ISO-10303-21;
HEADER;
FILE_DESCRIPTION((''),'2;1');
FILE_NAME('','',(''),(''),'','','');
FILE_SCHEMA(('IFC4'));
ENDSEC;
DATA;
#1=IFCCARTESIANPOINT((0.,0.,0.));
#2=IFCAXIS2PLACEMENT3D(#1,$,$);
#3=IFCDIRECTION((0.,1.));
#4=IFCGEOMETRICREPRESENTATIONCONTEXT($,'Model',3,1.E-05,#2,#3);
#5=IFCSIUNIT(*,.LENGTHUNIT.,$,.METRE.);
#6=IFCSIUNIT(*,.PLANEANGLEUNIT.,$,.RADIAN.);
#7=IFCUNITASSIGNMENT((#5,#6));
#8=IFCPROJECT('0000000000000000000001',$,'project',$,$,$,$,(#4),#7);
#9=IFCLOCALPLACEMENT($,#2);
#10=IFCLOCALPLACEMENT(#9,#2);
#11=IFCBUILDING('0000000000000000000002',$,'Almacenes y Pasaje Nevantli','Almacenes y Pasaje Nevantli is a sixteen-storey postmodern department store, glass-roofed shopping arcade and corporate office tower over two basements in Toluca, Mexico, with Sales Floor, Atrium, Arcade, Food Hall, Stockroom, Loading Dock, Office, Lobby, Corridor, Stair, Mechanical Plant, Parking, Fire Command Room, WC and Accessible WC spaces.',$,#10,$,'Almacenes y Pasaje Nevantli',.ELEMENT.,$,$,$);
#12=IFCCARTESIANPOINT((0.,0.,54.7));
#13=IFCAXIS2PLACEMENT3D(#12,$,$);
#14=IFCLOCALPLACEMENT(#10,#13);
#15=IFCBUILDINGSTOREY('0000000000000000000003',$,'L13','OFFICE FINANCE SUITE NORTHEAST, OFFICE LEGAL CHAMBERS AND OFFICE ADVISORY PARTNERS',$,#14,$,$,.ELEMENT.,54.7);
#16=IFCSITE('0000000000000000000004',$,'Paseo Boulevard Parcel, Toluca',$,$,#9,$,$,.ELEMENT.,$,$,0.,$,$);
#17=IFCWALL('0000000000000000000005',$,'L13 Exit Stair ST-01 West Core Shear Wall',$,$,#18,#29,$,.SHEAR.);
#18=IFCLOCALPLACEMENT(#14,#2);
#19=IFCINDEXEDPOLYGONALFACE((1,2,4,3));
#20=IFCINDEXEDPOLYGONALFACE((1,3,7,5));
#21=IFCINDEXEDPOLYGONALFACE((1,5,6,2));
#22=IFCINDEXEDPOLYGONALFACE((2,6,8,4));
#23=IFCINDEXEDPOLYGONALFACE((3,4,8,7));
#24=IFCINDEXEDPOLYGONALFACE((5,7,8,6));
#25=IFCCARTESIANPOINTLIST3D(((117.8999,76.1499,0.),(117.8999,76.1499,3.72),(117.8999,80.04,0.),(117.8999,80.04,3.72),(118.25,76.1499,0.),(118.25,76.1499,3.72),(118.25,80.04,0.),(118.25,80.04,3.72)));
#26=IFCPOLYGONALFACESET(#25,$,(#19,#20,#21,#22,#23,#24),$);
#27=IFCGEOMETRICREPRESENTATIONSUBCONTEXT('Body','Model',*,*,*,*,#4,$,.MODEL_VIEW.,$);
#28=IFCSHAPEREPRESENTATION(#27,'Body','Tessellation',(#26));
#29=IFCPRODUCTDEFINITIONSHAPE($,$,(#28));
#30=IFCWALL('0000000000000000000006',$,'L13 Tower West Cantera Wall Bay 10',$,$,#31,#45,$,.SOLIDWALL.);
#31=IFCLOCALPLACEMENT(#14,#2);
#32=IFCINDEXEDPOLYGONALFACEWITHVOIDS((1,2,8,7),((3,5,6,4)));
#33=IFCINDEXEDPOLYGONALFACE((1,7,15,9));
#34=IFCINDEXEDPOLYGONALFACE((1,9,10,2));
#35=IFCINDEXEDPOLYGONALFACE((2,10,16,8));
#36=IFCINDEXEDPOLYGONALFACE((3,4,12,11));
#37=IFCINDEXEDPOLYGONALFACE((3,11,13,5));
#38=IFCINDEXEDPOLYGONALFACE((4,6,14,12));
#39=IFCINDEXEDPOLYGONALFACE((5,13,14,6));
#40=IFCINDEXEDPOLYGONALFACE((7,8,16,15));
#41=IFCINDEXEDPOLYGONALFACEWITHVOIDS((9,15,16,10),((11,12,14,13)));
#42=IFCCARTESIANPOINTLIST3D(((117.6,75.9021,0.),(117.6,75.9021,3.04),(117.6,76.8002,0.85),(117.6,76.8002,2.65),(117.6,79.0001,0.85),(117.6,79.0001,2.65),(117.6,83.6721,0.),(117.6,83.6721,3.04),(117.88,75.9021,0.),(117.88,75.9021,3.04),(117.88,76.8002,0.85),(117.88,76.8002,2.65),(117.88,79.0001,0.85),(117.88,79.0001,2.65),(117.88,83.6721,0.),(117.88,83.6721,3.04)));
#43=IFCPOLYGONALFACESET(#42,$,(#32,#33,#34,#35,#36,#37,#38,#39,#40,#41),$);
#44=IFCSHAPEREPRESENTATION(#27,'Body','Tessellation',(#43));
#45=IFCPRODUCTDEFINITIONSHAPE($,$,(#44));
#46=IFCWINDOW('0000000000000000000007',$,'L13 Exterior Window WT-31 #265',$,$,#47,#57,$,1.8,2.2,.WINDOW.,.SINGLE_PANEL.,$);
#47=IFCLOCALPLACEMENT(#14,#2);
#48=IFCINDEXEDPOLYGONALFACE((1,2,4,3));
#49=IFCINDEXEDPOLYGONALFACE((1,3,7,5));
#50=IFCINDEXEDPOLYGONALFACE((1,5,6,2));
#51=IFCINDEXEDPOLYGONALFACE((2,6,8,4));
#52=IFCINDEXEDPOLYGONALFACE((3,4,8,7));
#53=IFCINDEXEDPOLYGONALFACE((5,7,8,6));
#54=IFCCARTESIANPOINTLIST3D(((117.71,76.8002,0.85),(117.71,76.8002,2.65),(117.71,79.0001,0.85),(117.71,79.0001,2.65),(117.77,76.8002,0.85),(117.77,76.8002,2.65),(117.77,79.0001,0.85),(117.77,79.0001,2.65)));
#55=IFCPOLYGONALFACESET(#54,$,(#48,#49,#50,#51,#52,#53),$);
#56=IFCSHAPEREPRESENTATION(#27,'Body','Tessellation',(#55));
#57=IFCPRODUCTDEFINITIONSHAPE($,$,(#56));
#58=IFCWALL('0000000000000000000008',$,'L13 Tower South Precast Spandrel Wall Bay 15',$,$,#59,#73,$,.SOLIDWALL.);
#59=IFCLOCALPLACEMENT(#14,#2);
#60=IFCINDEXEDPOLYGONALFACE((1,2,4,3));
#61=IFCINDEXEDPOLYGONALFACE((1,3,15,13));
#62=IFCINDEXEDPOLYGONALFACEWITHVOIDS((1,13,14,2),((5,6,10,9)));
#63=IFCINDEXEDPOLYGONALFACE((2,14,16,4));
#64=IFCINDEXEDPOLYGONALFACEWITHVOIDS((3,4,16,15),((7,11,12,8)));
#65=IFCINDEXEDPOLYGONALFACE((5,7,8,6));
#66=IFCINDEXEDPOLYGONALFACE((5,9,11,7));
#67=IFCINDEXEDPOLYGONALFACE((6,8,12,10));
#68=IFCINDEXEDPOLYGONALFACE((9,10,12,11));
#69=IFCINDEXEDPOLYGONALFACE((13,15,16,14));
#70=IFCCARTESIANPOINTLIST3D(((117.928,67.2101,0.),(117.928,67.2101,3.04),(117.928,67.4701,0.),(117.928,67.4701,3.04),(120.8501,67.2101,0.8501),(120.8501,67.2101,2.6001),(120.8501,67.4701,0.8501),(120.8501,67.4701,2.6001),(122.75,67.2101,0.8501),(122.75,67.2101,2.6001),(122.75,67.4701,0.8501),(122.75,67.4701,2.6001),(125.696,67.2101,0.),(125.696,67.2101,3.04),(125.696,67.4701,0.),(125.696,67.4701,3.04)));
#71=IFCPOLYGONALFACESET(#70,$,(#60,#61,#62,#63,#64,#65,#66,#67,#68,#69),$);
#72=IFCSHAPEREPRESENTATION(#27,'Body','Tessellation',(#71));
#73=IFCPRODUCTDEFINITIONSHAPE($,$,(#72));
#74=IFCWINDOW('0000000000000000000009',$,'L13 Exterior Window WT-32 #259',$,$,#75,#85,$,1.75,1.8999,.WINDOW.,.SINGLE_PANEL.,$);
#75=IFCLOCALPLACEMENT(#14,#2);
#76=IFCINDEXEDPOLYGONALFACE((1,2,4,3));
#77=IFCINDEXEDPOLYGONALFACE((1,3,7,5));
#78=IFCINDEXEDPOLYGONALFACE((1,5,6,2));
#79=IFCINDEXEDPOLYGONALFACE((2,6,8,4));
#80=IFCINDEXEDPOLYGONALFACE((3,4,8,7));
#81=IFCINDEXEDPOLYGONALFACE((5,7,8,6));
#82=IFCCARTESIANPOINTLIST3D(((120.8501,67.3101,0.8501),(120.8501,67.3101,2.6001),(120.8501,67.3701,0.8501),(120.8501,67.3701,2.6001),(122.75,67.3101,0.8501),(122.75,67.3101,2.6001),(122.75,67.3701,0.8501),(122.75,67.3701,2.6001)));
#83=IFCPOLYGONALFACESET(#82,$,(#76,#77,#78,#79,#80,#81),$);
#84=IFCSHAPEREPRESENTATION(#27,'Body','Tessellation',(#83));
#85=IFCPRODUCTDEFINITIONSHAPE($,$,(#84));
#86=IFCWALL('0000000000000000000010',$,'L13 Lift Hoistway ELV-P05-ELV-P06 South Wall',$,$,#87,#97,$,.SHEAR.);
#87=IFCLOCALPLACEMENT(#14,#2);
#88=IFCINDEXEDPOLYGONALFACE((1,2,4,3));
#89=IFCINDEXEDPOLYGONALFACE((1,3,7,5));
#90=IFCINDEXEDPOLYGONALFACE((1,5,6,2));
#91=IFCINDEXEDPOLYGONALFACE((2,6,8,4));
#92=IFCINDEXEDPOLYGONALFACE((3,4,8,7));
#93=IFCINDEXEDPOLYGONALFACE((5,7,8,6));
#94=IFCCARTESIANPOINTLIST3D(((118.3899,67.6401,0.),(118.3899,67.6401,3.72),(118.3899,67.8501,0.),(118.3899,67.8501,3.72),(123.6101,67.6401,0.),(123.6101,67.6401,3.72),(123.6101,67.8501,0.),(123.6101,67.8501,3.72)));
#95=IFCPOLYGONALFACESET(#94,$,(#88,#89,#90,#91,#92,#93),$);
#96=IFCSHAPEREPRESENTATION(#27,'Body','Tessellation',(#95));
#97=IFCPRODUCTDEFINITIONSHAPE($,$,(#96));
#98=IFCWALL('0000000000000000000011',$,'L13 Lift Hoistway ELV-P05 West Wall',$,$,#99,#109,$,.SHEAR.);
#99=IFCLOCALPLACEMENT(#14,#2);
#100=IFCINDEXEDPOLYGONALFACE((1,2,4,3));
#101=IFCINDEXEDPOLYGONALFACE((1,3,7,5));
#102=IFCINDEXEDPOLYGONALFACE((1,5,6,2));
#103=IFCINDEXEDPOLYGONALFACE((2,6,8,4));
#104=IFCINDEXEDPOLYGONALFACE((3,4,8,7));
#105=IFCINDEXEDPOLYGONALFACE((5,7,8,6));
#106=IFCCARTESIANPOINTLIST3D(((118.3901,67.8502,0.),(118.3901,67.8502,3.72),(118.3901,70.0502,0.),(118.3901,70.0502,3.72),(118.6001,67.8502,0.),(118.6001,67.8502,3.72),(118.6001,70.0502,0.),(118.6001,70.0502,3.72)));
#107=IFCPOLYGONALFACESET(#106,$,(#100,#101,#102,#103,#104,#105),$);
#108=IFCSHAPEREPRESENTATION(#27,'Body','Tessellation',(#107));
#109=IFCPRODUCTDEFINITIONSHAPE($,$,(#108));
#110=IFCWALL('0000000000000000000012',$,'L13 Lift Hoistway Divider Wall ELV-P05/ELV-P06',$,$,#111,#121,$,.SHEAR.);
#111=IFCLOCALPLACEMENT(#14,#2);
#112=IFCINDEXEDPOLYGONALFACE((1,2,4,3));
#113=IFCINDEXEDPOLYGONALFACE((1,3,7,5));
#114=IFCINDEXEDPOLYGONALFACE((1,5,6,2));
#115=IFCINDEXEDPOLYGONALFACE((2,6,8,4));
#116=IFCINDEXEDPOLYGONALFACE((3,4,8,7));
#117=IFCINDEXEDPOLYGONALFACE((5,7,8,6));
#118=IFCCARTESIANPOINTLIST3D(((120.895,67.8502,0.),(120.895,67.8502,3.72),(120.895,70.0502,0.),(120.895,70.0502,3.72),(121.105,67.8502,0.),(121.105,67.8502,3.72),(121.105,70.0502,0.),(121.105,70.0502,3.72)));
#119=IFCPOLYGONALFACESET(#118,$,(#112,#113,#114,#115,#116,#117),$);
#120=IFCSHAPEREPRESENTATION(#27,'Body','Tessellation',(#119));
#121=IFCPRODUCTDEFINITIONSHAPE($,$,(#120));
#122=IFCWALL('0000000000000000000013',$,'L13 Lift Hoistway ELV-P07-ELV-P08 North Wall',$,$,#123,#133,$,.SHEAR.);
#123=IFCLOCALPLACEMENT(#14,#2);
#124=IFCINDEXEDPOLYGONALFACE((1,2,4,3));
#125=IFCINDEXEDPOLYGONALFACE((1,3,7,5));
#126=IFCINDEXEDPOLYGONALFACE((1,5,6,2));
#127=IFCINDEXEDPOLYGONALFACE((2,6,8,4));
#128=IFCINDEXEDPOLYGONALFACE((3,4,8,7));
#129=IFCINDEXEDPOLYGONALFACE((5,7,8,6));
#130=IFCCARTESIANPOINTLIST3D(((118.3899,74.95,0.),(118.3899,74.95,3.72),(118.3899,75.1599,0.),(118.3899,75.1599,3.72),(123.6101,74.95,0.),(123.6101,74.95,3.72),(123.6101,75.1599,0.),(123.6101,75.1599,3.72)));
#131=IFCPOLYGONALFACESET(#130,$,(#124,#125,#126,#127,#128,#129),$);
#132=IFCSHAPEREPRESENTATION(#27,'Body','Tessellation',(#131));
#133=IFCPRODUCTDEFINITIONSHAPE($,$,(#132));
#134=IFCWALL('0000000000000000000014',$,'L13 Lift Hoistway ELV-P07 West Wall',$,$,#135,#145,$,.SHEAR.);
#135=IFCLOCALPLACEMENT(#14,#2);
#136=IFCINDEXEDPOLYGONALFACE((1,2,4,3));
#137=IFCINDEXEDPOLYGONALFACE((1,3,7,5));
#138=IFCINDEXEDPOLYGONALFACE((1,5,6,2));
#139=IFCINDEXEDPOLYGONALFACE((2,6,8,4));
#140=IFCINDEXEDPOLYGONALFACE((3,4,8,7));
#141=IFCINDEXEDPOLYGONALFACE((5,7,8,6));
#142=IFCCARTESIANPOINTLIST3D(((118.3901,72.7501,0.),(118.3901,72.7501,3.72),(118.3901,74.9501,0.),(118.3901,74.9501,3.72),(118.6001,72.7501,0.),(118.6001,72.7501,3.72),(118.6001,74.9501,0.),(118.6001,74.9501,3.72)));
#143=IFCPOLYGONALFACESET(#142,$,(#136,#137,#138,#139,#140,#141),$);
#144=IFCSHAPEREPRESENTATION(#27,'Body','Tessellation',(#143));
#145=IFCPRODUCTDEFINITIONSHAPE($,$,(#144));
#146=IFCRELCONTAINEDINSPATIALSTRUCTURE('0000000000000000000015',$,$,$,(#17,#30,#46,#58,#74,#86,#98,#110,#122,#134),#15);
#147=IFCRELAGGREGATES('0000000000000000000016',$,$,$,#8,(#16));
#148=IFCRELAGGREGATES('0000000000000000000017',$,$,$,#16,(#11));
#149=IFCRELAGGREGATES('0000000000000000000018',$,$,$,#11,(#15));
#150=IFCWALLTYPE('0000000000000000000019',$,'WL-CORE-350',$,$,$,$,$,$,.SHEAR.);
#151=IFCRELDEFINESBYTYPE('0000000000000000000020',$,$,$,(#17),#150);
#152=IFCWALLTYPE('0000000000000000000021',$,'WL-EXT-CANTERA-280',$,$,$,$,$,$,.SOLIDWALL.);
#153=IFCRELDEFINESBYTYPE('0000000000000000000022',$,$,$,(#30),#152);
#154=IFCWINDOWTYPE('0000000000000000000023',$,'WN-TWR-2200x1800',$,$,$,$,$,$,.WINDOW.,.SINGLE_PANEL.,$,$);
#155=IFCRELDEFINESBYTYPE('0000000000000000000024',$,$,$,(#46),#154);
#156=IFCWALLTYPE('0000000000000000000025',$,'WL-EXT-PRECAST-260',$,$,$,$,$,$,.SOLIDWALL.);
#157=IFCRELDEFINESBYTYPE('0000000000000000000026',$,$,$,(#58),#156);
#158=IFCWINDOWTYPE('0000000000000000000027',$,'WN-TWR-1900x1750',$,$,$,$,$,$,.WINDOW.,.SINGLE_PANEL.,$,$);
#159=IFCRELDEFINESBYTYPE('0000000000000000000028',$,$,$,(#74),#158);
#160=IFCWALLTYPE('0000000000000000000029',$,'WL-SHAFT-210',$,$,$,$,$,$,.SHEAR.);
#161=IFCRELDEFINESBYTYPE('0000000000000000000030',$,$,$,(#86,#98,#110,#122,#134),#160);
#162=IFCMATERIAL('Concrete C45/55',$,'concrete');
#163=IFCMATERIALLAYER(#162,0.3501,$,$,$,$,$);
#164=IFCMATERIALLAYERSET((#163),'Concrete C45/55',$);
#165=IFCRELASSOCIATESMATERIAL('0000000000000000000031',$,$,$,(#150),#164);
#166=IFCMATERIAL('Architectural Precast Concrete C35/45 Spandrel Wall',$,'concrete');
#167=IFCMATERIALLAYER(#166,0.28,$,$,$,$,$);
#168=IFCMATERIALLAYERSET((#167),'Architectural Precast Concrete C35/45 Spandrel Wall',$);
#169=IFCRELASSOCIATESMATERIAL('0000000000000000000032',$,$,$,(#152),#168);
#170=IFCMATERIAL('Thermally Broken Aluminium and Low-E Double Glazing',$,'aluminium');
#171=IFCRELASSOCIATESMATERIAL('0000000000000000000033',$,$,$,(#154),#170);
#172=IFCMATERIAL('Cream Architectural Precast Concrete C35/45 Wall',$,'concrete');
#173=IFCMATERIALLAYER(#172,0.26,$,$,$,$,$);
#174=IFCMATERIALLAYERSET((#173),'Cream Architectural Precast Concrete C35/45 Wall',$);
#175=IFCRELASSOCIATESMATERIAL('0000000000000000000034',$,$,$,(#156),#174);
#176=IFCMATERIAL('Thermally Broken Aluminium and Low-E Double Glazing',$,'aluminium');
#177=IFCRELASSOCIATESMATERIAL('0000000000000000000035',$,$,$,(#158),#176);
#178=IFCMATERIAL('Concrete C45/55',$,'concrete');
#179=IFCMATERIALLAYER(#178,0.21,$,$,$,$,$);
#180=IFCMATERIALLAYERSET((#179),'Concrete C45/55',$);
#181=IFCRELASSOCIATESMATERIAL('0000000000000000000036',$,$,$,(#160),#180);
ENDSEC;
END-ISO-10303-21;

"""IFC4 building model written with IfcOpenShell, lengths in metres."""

from ifc_helpers import new_model, si_unit, direction, frame, frame_2d, origin, place, context, subcontext, project, spatial, rectangle, extrude, material, layer, layer_set, type_object, element, fill, save


model = new_model("IFC4")

# Units and contexts
model_context = context("Model", 3, precision=1e-05, world=origin(), true_north=direction((0.0, 1.0)))
body_context = subcontext(model_context, "Body", "Model", "MODEL_VIEW")
ifc_project = project(units=[si_unit("LENGTHUNIT", "METRE"), si_unit("PLANEANGLEUNIT", "RADIAN")], contexts=[model_context])

# Site, building, storey
site_placement = place(None, origin())
site = spatial("IfcSite", under=ifc_project, at=site_placement, Name="Paseo Boulevard Parcel, Toluca", CompositionType="ELEMENT", RefElevation=0.0)
building_placement = place(site_placement, origin())
building = spatial("IfcBuilding", under=site, at=building_placement, Name="Almacenes y Pasaje Nevantli", Description="Almacenes y Pasaje Nevantli is a sixteen-storey postmodern department store, glass-roofed shopping arcade and corporate office tower over two basements in Toluca, Mexico, with Sales Floor, Atrium, Arcade, Food Hall, Stockroom, Loading Dock, Office, Lobby, Corridor, Stair, Mechanical Plant, Parking, Fire Command Room, WC and Accessible WC spaces.", LongName="Almacenes y Pasaje Nevantli", CompositionType="ELEMENT")
storey_placement = place(building_placement, frame((0.0, 0.0, 54.7)))
storey = spatial("IfcBuildingStorey", under=building, at=storey_placement, Name="L13", Description="OFFICE FINANCE SUITE NORTHEAST, OFFICE LEGAL CHAMBERS AND OFFICE ADVISORY PARTNERS", CompositionType="ELEMENT", Elevation=54.7)

# Shared definitions
ifc_material_1 = material(Name="Concrete C45/55", Category="concrete")
ifc_layer_1 = layer(ifc_material_1, 0.3501)
ifc_layer_set_1 = layer_set([ifc_layer_1], Name="Concrete C45/55")
wall_type_1 = type_object("IfcWallType", Name="WL-CORE-350", PredefinedType="SHEAR", material=ifc_layer_set_1)

# Wall
wall_1_placement = place(storey_placement, frame((118.075, 76.1499, 0.0), z_axis=(0.0, 0.0, 1.0), x_axis=(0.0, 1.0, 0.0)))
element("IfcWall", 1, at=wall_1_placement, inside=storey, type_object=wall_type_1, Name="L13 Exit Stair ST-01 West Core Shear Wall", PredefinedType="SHEAR", context=body_context, shape_type="SweptSolid", body=[
    extrude(rectangle(XDim=3.8901, YDim=0.3501, at=frame_2d((1.9451, 0.0))), origin(), (0.0, 0.0, 1.0), 3.72),
])

# Walls, openings, windows
ifc_material_2 = material(Name="Architectural Precast Concrete C35/45 Spandrel Wall", Category="concrete")
ifc_layer_2 = layer(ifc_material_2, 0.28)
ifc_layer_set_2 = layer_set([ifc_layer_2], Name="Architectural Precast Concrete C35/45 Spandrel Wall")
wall_type_2 = type_object("IfcWallType", Name="WL-EXT-CANTERA-280", PredefinedType="SOLIDWALL", material=ifc_layer_set_2)
wall_2_placement = place(storey_placement, frame((117.74, 75.9021, 0.0), z_axis=(0.0, 0.0, 1.0), x_axis=(0.0, 1.0, 0.0)))
wall_2 = element("IfcWall", 2, at=wall_2_placement, inside=storey, type_object=wall_type_2, Name="L13 Tower West Cantera Wall Bay 10", PredefinedType="SOLIDWALL", context=body_context, shape_type="SweptSolid", body=[
    extrude(rectangle(XDim=7.77, YDim=0.28, at=frame_2d((3.885, 0.0))), origin(), (0.0, 0.0, 1.0), 3.04),
])
opening_1_placement = place(wall_2_placement, frame((0.8979, 0.0, 0.8501)))
opening_1 = element("IfcOpeningElement", 3, at=opening_1_placement, cuts=wall_2, PredefinedType="OPENING", context=body_context, shape_type="SweptSolid", body=[
    extrude(rectangle(XDim=2.2, YDim=1.8, at=frame_2d((1.1001, 0.8999))), frame((0.0, 0.1499, 0.0), z_axis=(0.0, -1.0, 0.0), x_axis=(1.0, 0.0, 0.0)), (0.0, 0.0, 1.0), 0.3),
])
ifc_material_3 = material(Name="Thermally Broken Aluminium and Low-E Double Glazing", Category="aluminium")
window_type_1 = type_object("IfcWindowType", Name="WN-TWR-2200x1800", PartitioningType="SINGLE_PANEL", PredefinedType="WINDOW", material=ifc_material_3)
window_1_placement = place(opening_1_placement, origin())
window_1 = element("IfcWindow", 4, at=window_1_placement, inside=storey, type_object=window_type_1, Name="L13 Exterior Window WT-31 #265", OverallHeight=1.8, OverallWidth=2.2, PartitioningType="SINGLE_PANEL", PredefinedType="WINDOW", context=body_context, shape_type="SweptSolid", body=[
    extrude(rectangle(XDim=2.2, YDim=1.8, at=frame_2d((1.1001, 0.8999))), frame((0.0, 0.03, 0.0), z_axis=(0.0, -1.0, 0.0), x_axis=(1.0, 0.0, 0.0)), (0.0, 0.0, 1.0), 0.0601),
])
fill(opening_1, window_1)
ifc_material_4 = material(Name="Cream Architectural Precast Concrete C35/45 Wall", Category="concrete")
ifc_layer_3 = layer(ifc_material_4, 0.26)
ifc_layer_set_3 = layer_set([ifc_layer_3], Name="Cream Architectural Precast Concrete C35/45 Wall")
wall_type_3 = type_object("IfcWallType", Name="WL-EXT-PRECAST-260", PredefinedType="SOLIDWALL", material=ifc_layer_set_3)
wall_3_placement = place(storey_placement, frame((117.928, 67.3401, 0.0), z_axis=(0.0, 0.0, 1.0), x_axis=(1.0, 0.0, 0.0)))
wall_3 = element("IfcWall", 5, at=wall_3_placement, inside=storey, type_object=wall_type_3, Name="L13 Tower South Precast Spandrel Wall Bay 15", PredefinedType="SOLIDWALL", context=body_context, shape_type="SweptSolid", body=[
    extrude(rectangle(XDim=7.7681, YDim=0.26, at=frame_2d((3.884, 0.0))), origin(), (0.0, 0.0, 1.0), 3.04),
])
opening_2_placement = place(wall_3_placement, frame((2.9221, 0.0, 0.8501)))
opening_2 = element("IfcOpeningElement", 6, at=opening_2_placement, cuts=wall_3, PredefinedType="OPENING", context=body_context, shape_type="SweptSolid", body=[
    extrude(rectangle(XDim=1.8999, YDim=1.75, at=frame_2d((0.95, 0.875))), frame((0.0, 0.1399, 0.0), z_axis=(0.0, -1.0, 0.0), x_axis=(1.0, 0.0, 0.0)), (0.0, 0.0, 1.0), 0.28),
])
ifc_material_5 = material(Name="Thermally Broken Aluminium and Low-E Double Glazing", Category="aluminium")
window_type_2 = type_object("IfcWindowType", Name="WN-TWR-1900x1750", PartitioningType="SINGLE_PANEL", PredefinedType="WINDOW", material=ifc_material_5)
window_2_placement = place(opening_2_placement, origin())
window_2 = element("IfcWindow", 7, at=window_2_placement, inside=storey, type_object=window_type_2, Name="L13 Exterior Window WT-32 #259", OverallHeight=1.75, OverallWidth=1.8999, PartitioningType="SINGLE_PANEL", PredefinedType="WINDOW", context=body_context, shape_type="SweptSolid", body=[
    extrude(rectangle(XDim=1.8999, YDim=1.75, at=frame_2d((0.95, 0.875))), frame((0.0, 0.03, 0.0), z_axis=(0.0, -1.0, 0.0), x_axis=(1.0, 0.0, 0.0)), (0.0, 0.0, 1.0), 0.0601),
])
fill(opening_2, window_2)

# Wall
ifc_material_6 = material(Name="Concrete C45/55", Category="concrete")
ifc_layer_4 = layer(ifc_material_6, 0.21)
ifc_layer_set_4 = layer_set([ifc_layer_4], Name="Concrete C45/55")
wall_type_4 = type_object("IfcWallType", Name="WL-SHAFT-210", PredefinedType="SHEAR", material=ifc_layer_set_4)
wall_4_placement = place(storey_placement, frame((118.3899, 67.7451, 0.0), z_axis=(0.0, 0.0, 1.0), x_axis=(1.0, 0.0, 0.0)))
element("IfcWall", 8, at=wall_4_placement, inside=storey, type_object=wall_type_4, Name="L13 Lift Hoistway ELV-P05-ELV-P06 South Wall", PredefinedType="SHEAR", context=body_context, shape_type="SweptSolid", body=[
    extrude(rectangle(XDim=5.2202, YDim=0.21, at=frame_2d((2.6101, 0.0))), origin(), (0.0, 0.0, 1.0), 3.72),
])

# Walls
for number, where, z_axis, x_axis, name in (
    (9, (118.4951, 67.8501, 0.0), (0.0, 0.0, 1.0), (0.0, 1.0, 0.0), "L13 Lift Hoistway ELV-P05 West Wall"),
    (10, (121.0, 67.8501, 0.0), (0.0, 0.0, 1.0), (0.0, 1.0, 0.0), "L13 Lift Hoistway Divider Wall ELV-P05/ELV-P06"),
):
    element("IfcWall", number, at=place(storey_placement, frame(where, z_axis=z_axis, x_axis=x_axis)), inside=storey, type_object=wall_type_4, Name=name, PredefinedType="SHEAR", context=body_context, shape_type="SweptSolid", body=[
        extrude(rectangle(XDim=2.2, YDim=0.21, at=frame_2d((1.1001, 0.0))), origin(), (0.0, 0.0, 1.0), 3.72),
    ])

# Walls
wall_5_placement = place(storey_placement, frame((118.3899, 75.0549, 0.0), z_axis=(0.0, 0.0, 1.0), x_axis=(1.0, 0.0, 0.0)))
element("IfcWall", 11, at=wall_5_placement, inside=storey, type_object=wall_type_4, Name="L13 Lift Hoistway ELV-P07-ELV-P08 North Wall", PredefinedType="SHEAR", context=body_context, shape_type="SweptSolid", body=[
    extrude(rectangle(XDim=5.2202, YDim=0.21, at=frame_2d((2.6101, 0.0))), origin(), (0.0, 0.0, 1.0), 3.72),
])
wall_6_placement = place(storey_placement, frame((118.4951, 72.75, 0.0), z_axis=(0.0, 0.0, 1.0), x_axis=(0.0, 1.0, 0.0)))
element("IfcWall", 12, at=wall_6_placement, inside=storey, type_object=wall_type_4, Name="L13 Lift Hoistway ELV-P07 West Wall", PredefinedType="SHEAR", context=body_context, shape_type="SweptSolid", body=[
    extrude(rectangle(XDim=2.2, YDim=0.21, at=frame_2d((1.1001, 0.0))), origin(), (0.0, 0.0, 1.0), 3.72),
])

save(model, "model.ifc")
